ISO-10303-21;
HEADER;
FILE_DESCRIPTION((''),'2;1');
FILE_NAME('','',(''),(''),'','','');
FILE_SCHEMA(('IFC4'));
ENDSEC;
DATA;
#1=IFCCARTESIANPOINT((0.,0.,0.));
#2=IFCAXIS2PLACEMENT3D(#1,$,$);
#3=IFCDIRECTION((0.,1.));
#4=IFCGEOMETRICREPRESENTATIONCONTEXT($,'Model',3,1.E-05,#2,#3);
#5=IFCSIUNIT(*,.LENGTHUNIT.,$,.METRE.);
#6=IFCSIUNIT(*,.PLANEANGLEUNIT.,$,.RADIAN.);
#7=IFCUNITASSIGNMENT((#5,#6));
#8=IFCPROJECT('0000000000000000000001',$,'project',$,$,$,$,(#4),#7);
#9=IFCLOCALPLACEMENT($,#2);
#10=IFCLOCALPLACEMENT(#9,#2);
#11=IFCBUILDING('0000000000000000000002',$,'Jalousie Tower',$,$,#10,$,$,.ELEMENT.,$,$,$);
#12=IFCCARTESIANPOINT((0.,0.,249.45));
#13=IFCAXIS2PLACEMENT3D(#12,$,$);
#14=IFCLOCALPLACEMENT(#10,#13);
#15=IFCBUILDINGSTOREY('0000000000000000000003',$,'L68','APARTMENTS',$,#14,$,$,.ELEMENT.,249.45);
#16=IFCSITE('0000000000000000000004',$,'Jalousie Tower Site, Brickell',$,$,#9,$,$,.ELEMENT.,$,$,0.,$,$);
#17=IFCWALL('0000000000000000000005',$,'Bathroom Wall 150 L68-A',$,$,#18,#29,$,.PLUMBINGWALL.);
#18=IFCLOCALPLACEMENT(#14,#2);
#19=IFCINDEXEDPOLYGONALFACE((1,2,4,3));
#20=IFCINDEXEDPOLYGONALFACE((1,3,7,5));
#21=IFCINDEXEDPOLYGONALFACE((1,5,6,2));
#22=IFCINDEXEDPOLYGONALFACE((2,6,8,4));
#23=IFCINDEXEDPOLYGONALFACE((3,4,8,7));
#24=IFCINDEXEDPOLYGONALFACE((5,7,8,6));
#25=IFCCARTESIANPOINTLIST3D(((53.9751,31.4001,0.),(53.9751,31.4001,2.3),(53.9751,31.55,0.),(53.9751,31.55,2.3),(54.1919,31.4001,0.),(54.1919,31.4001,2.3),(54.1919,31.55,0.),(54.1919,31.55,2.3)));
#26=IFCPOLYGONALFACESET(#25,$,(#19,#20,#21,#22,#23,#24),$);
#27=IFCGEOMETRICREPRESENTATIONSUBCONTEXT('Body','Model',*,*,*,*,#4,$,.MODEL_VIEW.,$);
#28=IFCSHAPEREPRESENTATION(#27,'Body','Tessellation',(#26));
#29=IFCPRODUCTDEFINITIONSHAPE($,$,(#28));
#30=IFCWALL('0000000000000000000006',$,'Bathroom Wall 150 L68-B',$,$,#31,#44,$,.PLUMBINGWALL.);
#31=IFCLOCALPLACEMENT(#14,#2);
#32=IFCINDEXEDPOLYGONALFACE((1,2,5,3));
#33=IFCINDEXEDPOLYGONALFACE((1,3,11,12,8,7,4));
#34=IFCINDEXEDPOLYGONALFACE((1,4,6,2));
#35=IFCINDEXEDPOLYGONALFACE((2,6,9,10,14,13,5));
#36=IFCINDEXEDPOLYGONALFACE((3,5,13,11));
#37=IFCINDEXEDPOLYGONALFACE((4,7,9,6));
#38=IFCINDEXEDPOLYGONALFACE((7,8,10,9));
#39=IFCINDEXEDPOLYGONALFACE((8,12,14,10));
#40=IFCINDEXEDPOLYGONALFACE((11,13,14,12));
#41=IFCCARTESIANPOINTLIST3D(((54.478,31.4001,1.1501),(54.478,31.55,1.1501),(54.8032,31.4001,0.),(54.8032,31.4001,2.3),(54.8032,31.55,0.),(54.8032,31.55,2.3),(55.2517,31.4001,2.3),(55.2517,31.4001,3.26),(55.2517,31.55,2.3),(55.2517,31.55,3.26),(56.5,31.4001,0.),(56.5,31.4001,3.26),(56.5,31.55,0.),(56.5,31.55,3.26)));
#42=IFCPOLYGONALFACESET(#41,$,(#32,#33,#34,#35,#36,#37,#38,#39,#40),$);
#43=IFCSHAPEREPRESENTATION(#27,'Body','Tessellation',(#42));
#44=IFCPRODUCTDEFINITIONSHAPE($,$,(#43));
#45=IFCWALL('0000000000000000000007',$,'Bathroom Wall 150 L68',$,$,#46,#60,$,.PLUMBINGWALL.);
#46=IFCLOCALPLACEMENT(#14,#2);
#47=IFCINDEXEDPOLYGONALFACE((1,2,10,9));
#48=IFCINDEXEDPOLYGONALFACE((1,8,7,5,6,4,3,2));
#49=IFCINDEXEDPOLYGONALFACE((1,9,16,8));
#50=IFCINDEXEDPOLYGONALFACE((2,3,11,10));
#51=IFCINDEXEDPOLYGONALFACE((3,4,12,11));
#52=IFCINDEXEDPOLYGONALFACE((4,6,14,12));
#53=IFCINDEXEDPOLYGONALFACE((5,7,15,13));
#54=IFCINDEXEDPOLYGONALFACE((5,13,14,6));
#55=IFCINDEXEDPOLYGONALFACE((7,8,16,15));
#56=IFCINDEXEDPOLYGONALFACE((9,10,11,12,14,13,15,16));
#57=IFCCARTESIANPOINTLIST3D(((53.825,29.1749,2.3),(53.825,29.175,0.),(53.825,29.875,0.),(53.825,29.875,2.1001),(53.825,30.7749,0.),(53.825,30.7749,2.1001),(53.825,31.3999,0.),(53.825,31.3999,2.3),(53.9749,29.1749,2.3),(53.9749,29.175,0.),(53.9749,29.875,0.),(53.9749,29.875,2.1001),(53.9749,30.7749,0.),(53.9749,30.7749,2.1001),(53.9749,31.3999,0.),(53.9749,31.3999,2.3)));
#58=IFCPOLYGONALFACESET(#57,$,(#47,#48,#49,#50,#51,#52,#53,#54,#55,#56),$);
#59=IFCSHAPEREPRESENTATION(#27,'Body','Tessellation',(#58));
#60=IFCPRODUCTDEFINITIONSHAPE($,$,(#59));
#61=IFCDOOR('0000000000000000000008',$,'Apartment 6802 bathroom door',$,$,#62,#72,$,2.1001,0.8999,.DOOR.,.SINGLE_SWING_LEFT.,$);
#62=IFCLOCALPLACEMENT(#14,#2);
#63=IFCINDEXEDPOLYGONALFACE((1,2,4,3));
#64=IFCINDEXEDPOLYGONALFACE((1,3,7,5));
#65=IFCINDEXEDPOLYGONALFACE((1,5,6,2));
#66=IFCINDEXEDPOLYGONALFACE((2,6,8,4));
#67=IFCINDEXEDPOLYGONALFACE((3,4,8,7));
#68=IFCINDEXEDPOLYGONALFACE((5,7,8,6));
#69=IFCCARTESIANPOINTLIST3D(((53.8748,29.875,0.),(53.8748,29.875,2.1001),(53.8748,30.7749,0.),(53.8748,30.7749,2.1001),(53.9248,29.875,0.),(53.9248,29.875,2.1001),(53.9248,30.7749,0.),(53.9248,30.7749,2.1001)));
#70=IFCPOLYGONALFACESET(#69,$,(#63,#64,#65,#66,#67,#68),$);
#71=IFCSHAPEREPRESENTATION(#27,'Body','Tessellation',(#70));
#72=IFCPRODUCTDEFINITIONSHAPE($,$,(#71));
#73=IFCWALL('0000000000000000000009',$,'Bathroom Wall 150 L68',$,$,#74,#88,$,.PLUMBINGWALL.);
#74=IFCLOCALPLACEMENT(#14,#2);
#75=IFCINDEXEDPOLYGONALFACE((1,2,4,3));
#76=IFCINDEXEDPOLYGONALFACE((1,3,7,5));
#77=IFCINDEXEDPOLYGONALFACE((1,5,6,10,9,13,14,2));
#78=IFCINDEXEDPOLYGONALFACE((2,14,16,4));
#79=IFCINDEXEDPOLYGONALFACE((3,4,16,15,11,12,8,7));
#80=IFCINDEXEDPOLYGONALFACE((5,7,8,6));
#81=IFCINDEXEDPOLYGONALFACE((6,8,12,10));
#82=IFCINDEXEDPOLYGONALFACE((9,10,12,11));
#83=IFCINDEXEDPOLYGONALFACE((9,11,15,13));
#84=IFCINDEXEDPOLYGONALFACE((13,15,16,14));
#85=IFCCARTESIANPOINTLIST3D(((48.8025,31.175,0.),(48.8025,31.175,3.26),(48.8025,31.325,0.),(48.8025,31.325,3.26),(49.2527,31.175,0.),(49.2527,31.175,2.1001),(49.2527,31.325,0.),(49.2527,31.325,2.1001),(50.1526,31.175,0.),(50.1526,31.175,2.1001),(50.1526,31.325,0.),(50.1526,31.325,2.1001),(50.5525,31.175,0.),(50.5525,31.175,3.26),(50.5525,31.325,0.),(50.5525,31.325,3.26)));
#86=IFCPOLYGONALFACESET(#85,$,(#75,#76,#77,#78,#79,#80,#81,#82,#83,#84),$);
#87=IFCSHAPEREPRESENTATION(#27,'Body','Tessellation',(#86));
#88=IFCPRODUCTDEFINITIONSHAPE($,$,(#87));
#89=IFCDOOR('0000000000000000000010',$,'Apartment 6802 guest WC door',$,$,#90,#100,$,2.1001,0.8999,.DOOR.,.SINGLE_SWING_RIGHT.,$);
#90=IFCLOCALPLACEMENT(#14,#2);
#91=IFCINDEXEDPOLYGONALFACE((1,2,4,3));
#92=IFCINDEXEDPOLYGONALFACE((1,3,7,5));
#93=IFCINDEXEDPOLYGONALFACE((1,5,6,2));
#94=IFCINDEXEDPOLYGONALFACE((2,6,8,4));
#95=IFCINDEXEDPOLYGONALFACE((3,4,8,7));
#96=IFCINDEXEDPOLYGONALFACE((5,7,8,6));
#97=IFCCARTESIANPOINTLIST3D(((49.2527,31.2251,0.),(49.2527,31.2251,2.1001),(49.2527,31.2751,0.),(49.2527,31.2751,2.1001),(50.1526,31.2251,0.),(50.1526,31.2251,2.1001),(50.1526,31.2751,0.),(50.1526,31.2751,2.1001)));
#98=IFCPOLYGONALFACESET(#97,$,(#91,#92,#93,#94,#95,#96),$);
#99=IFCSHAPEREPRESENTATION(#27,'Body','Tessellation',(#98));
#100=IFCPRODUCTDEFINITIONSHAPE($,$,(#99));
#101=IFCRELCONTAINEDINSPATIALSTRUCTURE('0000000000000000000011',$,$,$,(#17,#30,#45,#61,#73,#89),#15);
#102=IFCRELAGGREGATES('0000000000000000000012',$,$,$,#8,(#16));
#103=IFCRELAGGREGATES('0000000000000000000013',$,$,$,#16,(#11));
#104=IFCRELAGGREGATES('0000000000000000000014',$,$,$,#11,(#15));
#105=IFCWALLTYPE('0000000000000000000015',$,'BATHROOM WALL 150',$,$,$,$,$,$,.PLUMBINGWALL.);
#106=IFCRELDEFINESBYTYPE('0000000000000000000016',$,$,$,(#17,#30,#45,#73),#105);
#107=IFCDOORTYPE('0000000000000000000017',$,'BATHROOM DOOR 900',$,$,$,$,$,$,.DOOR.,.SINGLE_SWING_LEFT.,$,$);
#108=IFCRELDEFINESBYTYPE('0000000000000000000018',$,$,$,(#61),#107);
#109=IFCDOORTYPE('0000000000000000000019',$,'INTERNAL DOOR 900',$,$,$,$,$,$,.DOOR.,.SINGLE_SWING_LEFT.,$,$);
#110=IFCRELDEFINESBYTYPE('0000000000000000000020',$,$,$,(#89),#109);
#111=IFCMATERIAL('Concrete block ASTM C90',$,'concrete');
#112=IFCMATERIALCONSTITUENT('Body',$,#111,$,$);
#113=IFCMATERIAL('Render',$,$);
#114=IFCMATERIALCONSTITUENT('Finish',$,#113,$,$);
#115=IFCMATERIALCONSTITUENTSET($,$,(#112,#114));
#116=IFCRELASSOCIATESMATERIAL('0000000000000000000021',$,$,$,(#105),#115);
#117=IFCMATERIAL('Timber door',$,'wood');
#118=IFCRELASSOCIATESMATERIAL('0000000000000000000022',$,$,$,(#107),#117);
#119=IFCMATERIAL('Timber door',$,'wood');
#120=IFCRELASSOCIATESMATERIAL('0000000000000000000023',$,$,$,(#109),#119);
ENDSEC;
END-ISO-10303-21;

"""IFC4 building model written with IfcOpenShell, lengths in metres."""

from ifc_helpers import new_model, si_unit, direction, frame, frame_2d, origin, place, context, subcontext, project, spatial, polyline, rectangle, outline, extrude, material, constituent, constituent_set, type_object, element, fill, save


model = new_model("IFC4")

# Units and contexts
model_context = context("Model", 3, precision=1e-05, world=origin(), true_north=direction((0.0, 1.0)))
body_context = subcontext(model_context, "Body", "Model", "MODEL_VIEW")
ifc_project = project(units=[si_unit("LENGTHUNIT", "METRE"), si_unit("PLANEANGLEUNIT", "RADIAN")], contexts=[model_context])

# Site, building, storey
site_placement = place(None, origin())
site = spatial("IfcSite", under=ifc_project, at=site_placement, Name="Jalousie Tower Site, Brickell", CompositionType="ELEMENT", RefElevation=0.0)
building_placement = place(site_placement, origin())
building = spatial("IfcBuilding", under=site, at=building_placement, Name="Jalousie Tower", CompositionType="ELEMENT")
storey_placement = place(building_placement, frame((0.0, 0.0, 249.45)))
storey = spatial("IfcBuildingStorey", under=building, at=storey_placement, Name="L68", Description="APARTMENTS", CompositionType="ELEMENT", Elevation=249.45)

# Walls
ifc_material_1 = material(Name="Concrete block ASTM C90", Category="concrete")
ifc_constituent_1 = constituent(ifc_material_1, Name="Body")
ifc_material_2 = material(Name="Render")
ifc_constituent_2 = constituent(ifc_material_2, Name="Finish")
ifc_constituent_set_1 = constituent_set(constituents=[ifc_constituent_1, ifc_constituent_2])
wall_type_1 = type_object("IfcWallType", Name="BATHROOM WALL 150", PredefinedType="PLUMBINGWALL", material=ifc_constituent_set_1)
wall_1_placement = place(storey_placement, frame((53.9751, 31.4751, 0.0), z_axis=(0.0, 0.0, 1.0), x_axis=(1.0, 0.0, 0.0)))
element("IfcWall", 1, at=wall_1_placement, inside=storey, type_object=wall_type_1, Name="Bathroom Wall 150 L68-A", PredefinedType="PLUMBINGWALL", context=body_context, shape_type="SweptSolid", body=[
    extrude(rectangle(XDim=0.2168, YDim=0.1499, at=frame_2d((0.1084, 0.0))), origin(), (0.0, 0.0, 1.0), 2.3),
])
wall_2_placement = place(storey_placement, frame((54.478, 31.4751, 0.0), z_axis=(0.0, 0.0, 1.0), x_axis=(1.0, 0.0, 0.0)))
element("IfcWall", 2, at=wall_2_placement, inside=storey, type_object=wall_type_1, Name="Bathroom Wall 150 L68-B", PredefinedType="PLUMBINGWALL", context=body_context, shape_type="SweptSolid", body=[
    extrude(outline(polyline([(0.7737, 3.26), (0.7737, 2.3), (0.3252, 2.3), (0.0, 1.1501), (0.3252, 0.0), (2.022, 0.0), (2.022, 3.26), (0.7737, 3.26)])), frame((0.0, 0.075, 0.0), z_axis=(0.0, -1.0, 0.0), x_axis=(1.0, 0.0, 0.0)), (0.0, 0.0, 1.0), 0.1499),
])

# Walls, openings, doors
wall_3_placement = place(storey_placement, frame((53.8999, 31.3999, 0.0), z_axis=(0.0, 0.0, 1.0), x_axis=(0.0, -1.0, 0.0)))
wall_3 = element("IfcWall", 3, at=wall_3_placement, inside=storey, type_object=wall_type_1, Name="Bathroom Wall 150 L68", PredefinedType="PLUMBINGWALL", context=body_context, shape_type="SweptSolid", body=[
    extrude(outline(polyline([(0.0, 0.0), (2.2249, 0.0), (2.2251, 3.26), (2.2251, 2.3), (0.438, 2.3), (0.0, 2.3), (0.0, 3.26), (0.0, 0.0)])), frame((0.0, 0.075, 0.0), z_axis=(0.0, -1.0, 0.0), x_axis=(1.0, 0.0, 0.0)), (0.0, 0.0, 1.0), 0.1499),
])
opening_1_placement = place(wall_3_placement, frame((0.625, 0.0, 0.0)))
opening_1 = element("IfcOpeningElement", 4, at=opening_1_placement, cuts=wall_3, PredefinedType="OPENING", context=body_context, shape_type="SweptSolid", body=[
    extrude(rectangle(XDim=0.8999, YDim=2.1001, at=frame_2d((0.45, 1.05))), frame((0.0, 0.085, 0.0), z_axis=(0.0, -1.0, 0.0), x_axis=(1.0, 0.0, 0.0)), (0.0, 0.0, 1.0), 0.1699),
])
ifc_material_3 = material(Name="Timber door", Category="wood")
door_type_1 = type_object("IfcDoorType", Name="BATHROOM DOOR 900", OperationType="SINGLE_SWING_LEFT", PredefinedType="DOOR", material=ifc_material_3)
door_1_placement = place(opening_1_placement, origin())
door_1 = element("IfcDoor", 5, at=door_1_placement, inside=storey, type_object=door_type_1, Name="Apartment 6802 bathroom door", OperationType="SINGLE_SWING_LEFT", OverallHeight=2.1001, OverallWidth=0.8999, PredefinedType="DOOR", context=body_context, shape_type="SweptSolid", body=[
    extrude(rectangle(XDim=0.8999, YDim=2.1001, at=frame_2d((0.45, 1.05))), frame((0.0, 0.0249, 0.0), z_axis=(0.0, -1.0, 0.0), x_axis=(1.0, 0.0, 0.0)), (0.0, 0.0, 1.0), 0.05),
])
fill(opening_1, door_1)
wall_4_placement = place(storey_placement, frame((50.5525, 31.25, 0.0), z_axis=(0.0, 0.0, 1.0), x_axis=(-1.0, 0.0, 0.0)))
wall_4 = element("IfcWall", 6, at=wall_4_placement, inside=storey, type_object=wall_type_1, Name="Bathroom Wall 150 L68", PredefinedType="PLUMBINGWALL", context=body_context, shape_type="SweptSolid", body=[
    extrude(rectangle(XDim=1.75, YDim=0.1499, at=frame_2d((0.875, 0.0))), origin(), (0.0, 0.0, 1.0), 3.26),
])
opening_2_placement = place(wall_4_placement, frame((0.3999, 0.0, 0.0)))
opening_2 = element("IfcOpeningElement", 7, at=opening_2_placement, cuts=wall_4, PredefinedType="OPENING", context=body_context, shape_type="SweptSolid", body=[
    extrude(rectangle(XDim=0.8999, YDim=2.1001, at=frame_2d((0.45, 1.05))), frame((0.0, 0.085, 0.0), z_axis=(0.0, -1.0, 0.0), x_axis=(1.0, 0.0, 0.0)), (0.0, 0.0, 1.0), 0.1699),
])
ifc_material_4 = material(Name="Timber door", Category="wood")
door_type_2 = type_object("IfcDoorType", Name="INTERNAL DOOR 900", OperationType="SINGLE_SWING_LEFT", PredefinedType="DOOR", material=ifc_material_4)
door_2_placement = place(opening_2_placement, origin())
door_2 = element("IfcDoor", 8, at=door_2_placement, inside=storey, type_object=door_type_2, Name="Apartment 6802 guest WC door", OperationType="SINGLE_SWING_RIGHT", OverallHeight=2.1001, OverallWidth=0.8999, PredefinedType="DOOR", context=body_context, shape_type="SweptSolid", body=[
    extrude(rectangle(XDim=0.8999, YDim=2.1001, at=frame_2d((0.45, 1.05))), frame((0.0, 0.0249, 0.0), z_axis=(0.0, -1.0, 0.0), x_axis=(1.0, 0.0, 0.0)), (0.0, 0.0, 1.0), 0.05),
])
fill(opening_2, door_2)

save(model, "model.ifc")
